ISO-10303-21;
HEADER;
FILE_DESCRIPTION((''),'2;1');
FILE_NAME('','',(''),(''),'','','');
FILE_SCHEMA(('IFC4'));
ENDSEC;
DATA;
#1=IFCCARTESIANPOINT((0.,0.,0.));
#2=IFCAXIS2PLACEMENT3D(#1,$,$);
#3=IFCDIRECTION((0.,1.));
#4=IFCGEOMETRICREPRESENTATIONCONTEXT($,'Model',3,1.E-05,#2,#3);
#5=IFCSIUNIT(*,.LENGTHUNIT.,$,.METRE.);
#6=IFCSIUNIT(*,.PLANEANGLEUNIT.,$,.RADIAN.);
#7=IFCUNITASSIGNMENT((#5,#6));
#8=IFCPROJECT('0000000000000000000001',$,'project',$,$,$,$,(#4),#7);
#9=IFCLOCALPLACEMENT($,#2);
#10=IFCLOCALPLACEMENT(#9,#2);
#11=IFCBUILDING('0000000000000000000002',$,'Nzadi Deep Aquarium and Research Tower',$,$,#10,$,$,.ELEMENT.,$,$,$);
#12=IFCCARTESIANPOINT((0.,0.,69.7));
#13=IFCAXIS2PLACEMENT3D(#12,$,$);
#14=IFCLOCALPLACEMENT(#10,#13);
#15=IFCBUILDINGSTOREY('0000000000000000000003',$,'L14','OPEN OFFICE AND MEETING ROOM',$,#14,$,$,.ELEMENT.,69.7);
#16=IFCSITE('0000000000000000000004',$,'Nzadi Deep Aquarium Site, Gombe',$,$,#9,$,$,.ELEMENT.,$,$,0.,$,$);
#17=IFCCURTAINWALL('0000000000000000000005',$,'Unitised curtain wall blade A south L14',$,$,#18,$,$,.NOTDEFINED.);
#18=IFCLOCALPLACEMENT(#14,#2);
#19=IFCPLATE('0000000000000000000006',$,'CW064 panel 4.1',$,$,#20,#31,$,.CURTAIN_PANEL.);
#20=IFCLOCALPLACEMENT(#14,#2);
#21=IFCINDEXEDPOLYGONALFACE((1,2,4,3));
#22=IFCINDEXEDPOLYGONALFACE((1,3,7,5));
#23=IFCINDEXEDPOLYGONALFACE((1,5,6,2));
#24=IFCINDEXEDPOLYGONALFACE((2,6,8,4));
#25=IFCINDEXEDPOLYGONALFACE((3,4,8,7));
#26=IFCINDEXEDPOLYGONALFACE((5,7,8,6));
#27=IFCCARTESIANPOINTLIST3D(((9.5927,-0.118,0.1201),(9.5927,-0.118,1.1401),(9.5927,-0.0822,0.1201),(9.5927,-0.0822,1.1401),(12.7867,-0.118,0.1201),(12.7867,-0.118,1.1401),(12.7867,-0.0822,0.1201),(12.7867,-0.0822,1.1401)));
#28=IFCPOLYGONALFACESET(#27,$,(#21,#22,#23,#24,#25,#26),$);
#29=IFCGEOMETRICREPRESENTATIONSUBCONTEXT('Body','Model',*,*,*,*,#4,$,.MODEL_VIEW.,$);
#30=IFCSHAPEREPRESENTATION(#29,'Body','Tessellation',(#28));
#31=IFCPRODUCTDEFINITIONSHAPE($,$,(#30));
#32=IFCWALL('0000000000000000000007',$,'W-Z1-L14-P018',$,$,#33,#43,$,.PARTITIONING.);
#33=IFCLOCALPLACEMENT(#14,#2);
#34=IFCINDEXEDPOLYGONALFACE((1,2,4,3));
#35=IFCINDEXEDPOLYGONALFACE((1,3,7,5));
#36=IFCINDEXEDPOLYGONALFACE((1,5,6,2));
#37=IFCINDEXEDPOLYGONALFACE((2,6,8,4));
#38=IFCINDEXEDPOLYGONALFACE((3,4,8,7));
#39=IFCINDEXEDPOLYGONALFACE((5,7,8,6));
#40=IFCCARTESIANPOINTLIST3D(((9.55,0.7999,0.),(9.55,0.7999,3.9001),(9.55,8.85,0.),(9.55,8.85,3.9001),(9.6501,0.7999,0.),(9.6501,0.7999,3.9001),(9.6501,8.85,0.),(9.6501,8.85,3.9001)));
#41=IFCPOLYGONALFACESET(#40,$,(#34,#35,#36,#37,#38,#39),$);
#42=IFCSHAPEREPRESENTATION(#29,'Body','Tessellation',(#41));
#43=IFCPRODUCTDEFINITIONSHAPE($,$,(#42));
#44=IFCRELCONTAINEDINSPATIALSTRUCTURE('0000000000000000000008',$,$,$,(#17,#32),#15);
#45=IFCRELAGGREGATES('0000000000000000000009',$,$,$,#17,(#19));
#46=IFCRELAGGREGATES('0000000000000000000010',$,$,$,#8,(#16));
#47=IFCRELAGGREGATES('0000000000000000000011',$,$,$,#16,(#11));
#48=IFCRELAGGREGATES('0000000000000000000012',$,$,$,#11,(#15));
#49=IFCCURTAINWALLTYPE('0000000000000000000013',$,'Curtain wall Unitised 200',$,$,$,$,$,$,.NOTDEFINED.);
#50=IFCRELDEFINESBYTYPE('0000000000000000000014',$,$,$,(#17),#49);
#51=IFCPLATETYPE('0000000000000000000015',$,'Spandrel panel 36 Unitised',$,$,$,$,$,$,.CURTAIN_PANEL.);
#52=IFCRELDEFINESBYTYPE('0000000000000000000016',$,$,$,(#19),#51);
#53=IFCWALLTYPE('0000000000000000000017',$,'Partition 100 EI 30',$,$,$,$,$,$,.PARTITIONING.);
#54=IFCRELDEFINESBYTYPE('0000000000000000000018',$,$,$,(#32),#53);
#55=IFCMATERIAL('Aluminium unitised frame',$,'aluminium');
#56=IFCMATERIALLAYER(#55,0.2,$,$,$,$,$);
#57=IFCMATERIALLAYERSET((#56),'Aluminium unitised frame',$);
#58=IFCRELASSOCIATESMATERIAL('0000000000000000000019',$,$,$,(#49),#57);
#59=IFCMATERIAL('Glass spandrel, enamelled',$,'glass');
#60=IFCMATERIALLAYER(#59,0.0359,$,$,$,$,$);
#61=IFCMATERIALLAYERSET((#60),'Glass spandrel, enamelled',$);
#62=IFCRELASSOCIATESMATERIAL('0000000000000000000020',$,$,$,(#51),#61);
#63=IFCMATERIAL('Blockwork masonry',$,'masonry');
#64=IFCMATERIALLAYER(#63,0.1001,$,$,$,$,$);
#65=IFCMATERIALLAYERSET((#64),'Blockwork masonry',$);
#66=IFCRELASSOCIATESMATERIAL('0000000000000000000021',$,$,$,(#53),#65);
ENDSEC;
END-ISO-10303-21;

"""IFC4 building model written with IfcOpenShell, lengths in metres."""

from ifc_helpers import new_model, si_unit, direction, frame, frame_2d, origin, origin_2d, place, context, subcontext, project, spatial, rectangle, extrude, material, layer, layer_set, type_object, element, aggregate, save


model = new_model("IFC4")

# Units and contexts
model_context = context("Model", 3, precision=1e-05, world=origin(), true_north=direction((0.0, 1.0)))
body_context = subcontext(model_context, "Body", "Model", "MODEL_VIEW")
ifc_project = project(units=[si_unit("LENGTHUNIT", "METRE"), si_unit("PLANEANGLEUNIT", "RADIAN")], contexts=[model_context])

# Site, building, storey
site_placement = place(None, origin())
site = spatial("IfcSite", under=ifc_project, at=site_placement, Name="Nzadi Deep Aquarium Site, Gombe", CompositionType="ELEMENT", RefElevation=0.0)
building_placement = place(site_placement, origin())
building = spatial("IfcBuilding", under=site, at=building_placement, Name="Nzadi Deep Aquarium and Research Tower", CompositionType="ELEMENT")
storey_placement = place(building_placement, frame((0.0, 0.0, 69.7)))
storey = spatial("IfcBuildingStorey", under=building, at=storey_placement, Name="L14", Description="OPEN OFFICE AND MEETING ROOM", CompositionType="ELEMENT", Elevation=69.7)

# Curtain wall
ifc_material_1 = material(Name="Aluminium unitised frame", Category="aluminium")
ifc_layer_1 = layer(ifc_material_1, 0.2)
ifc_layer_set_1 = layer_set([ifc_layer_1], Name="Aluminium unitised frame")
curtain_wall_type = type_object("IfcCurtainWallType", Name="Curtain wall Unitised 200", PredefinedType="NOTDEFINED", material=ifc_layer_set_1)
curtain_wall_placement = place(storey_placement, origin())
curtain_wall = element("IfcCurtainWall", 1, at=curtain_wall_placement, inside=storey, type_object=curtain_wall_type, Name="Unitised curtain wall blade A south L14", PredefinedType="NOTDEFINED")

# Plate
ifc_material_2 = material(Name="Glass spandrel, enamelled", Category="glass")
ifc_layer_2 = layer(ifc_material_2, 0.0359)
ifc_layer_set_2 = layer_set([ifc_layer_2], Name="Glass spandrel, enamelled")
plate_type_1 = type_object("IfcPlateType", Name="Spandrel panel 36 Unitised", PredefinedType="CURTAIN_PANEL", material=ifc_layer_set_2)
plate_1_placement = place(storey_placement, frame((11.1897, -0.1001, 0.1201), z_axis=(0.0, 0.0, 1.0), x_axis=(1.0, 0.0, 0.0)))
plate_1 = element("IfcPlate", 2, at=plate_1_placement, type_object=plate_type_1, Name="CW064 panel 4.1", PredefinedType="CURTAIN_PANEL", context=body_context, shape_type="SweptSolid", body=[
    extrude(rectangle(XDim=3.1941, YDim=0.0359, at=origin_2d()), origin(), (0.0, 0.0, 1.0), 1.02),
])
aggregate(curtain_wall, [plate_1])

# Wall
ifc_material_3 = material(Name="Blockwork masonry", Category="masonry")
ifc_layer_3 = layer(ifc_material_3, 0.1001)
ifc_layer_set_3 = layer_set([ifc_layer_3], Name="Blockwork masonry")
wall_type = type_object("IfcWallType", Name="Partition 100 EI 30", PredefinedType="PARTITIONING", material=ifc_layer_set_3)
wall_placement = place(storey_placement, frame((9.6001, 0.8, 0.0), z_axis=(0.0, 0.0, 1.0), x_axis=(0.0, 1.0, 0.0)))
element("IfcWall", 3, at=wall_placement, inside=storey, type_object=wall_type, Name="W-Z1-L14-P018", PredefinedType="PARTITIONING", context=body_context, shape_type="SweptSolid", body=[
    extrude(rectangle(XDim=8.05, YDim=0.1001, at=frame_2d((4.0249, 0.0))), origin(), (0.0, 0.0, 1.0), 3.9001),
])

save(model, "model.ifc")
